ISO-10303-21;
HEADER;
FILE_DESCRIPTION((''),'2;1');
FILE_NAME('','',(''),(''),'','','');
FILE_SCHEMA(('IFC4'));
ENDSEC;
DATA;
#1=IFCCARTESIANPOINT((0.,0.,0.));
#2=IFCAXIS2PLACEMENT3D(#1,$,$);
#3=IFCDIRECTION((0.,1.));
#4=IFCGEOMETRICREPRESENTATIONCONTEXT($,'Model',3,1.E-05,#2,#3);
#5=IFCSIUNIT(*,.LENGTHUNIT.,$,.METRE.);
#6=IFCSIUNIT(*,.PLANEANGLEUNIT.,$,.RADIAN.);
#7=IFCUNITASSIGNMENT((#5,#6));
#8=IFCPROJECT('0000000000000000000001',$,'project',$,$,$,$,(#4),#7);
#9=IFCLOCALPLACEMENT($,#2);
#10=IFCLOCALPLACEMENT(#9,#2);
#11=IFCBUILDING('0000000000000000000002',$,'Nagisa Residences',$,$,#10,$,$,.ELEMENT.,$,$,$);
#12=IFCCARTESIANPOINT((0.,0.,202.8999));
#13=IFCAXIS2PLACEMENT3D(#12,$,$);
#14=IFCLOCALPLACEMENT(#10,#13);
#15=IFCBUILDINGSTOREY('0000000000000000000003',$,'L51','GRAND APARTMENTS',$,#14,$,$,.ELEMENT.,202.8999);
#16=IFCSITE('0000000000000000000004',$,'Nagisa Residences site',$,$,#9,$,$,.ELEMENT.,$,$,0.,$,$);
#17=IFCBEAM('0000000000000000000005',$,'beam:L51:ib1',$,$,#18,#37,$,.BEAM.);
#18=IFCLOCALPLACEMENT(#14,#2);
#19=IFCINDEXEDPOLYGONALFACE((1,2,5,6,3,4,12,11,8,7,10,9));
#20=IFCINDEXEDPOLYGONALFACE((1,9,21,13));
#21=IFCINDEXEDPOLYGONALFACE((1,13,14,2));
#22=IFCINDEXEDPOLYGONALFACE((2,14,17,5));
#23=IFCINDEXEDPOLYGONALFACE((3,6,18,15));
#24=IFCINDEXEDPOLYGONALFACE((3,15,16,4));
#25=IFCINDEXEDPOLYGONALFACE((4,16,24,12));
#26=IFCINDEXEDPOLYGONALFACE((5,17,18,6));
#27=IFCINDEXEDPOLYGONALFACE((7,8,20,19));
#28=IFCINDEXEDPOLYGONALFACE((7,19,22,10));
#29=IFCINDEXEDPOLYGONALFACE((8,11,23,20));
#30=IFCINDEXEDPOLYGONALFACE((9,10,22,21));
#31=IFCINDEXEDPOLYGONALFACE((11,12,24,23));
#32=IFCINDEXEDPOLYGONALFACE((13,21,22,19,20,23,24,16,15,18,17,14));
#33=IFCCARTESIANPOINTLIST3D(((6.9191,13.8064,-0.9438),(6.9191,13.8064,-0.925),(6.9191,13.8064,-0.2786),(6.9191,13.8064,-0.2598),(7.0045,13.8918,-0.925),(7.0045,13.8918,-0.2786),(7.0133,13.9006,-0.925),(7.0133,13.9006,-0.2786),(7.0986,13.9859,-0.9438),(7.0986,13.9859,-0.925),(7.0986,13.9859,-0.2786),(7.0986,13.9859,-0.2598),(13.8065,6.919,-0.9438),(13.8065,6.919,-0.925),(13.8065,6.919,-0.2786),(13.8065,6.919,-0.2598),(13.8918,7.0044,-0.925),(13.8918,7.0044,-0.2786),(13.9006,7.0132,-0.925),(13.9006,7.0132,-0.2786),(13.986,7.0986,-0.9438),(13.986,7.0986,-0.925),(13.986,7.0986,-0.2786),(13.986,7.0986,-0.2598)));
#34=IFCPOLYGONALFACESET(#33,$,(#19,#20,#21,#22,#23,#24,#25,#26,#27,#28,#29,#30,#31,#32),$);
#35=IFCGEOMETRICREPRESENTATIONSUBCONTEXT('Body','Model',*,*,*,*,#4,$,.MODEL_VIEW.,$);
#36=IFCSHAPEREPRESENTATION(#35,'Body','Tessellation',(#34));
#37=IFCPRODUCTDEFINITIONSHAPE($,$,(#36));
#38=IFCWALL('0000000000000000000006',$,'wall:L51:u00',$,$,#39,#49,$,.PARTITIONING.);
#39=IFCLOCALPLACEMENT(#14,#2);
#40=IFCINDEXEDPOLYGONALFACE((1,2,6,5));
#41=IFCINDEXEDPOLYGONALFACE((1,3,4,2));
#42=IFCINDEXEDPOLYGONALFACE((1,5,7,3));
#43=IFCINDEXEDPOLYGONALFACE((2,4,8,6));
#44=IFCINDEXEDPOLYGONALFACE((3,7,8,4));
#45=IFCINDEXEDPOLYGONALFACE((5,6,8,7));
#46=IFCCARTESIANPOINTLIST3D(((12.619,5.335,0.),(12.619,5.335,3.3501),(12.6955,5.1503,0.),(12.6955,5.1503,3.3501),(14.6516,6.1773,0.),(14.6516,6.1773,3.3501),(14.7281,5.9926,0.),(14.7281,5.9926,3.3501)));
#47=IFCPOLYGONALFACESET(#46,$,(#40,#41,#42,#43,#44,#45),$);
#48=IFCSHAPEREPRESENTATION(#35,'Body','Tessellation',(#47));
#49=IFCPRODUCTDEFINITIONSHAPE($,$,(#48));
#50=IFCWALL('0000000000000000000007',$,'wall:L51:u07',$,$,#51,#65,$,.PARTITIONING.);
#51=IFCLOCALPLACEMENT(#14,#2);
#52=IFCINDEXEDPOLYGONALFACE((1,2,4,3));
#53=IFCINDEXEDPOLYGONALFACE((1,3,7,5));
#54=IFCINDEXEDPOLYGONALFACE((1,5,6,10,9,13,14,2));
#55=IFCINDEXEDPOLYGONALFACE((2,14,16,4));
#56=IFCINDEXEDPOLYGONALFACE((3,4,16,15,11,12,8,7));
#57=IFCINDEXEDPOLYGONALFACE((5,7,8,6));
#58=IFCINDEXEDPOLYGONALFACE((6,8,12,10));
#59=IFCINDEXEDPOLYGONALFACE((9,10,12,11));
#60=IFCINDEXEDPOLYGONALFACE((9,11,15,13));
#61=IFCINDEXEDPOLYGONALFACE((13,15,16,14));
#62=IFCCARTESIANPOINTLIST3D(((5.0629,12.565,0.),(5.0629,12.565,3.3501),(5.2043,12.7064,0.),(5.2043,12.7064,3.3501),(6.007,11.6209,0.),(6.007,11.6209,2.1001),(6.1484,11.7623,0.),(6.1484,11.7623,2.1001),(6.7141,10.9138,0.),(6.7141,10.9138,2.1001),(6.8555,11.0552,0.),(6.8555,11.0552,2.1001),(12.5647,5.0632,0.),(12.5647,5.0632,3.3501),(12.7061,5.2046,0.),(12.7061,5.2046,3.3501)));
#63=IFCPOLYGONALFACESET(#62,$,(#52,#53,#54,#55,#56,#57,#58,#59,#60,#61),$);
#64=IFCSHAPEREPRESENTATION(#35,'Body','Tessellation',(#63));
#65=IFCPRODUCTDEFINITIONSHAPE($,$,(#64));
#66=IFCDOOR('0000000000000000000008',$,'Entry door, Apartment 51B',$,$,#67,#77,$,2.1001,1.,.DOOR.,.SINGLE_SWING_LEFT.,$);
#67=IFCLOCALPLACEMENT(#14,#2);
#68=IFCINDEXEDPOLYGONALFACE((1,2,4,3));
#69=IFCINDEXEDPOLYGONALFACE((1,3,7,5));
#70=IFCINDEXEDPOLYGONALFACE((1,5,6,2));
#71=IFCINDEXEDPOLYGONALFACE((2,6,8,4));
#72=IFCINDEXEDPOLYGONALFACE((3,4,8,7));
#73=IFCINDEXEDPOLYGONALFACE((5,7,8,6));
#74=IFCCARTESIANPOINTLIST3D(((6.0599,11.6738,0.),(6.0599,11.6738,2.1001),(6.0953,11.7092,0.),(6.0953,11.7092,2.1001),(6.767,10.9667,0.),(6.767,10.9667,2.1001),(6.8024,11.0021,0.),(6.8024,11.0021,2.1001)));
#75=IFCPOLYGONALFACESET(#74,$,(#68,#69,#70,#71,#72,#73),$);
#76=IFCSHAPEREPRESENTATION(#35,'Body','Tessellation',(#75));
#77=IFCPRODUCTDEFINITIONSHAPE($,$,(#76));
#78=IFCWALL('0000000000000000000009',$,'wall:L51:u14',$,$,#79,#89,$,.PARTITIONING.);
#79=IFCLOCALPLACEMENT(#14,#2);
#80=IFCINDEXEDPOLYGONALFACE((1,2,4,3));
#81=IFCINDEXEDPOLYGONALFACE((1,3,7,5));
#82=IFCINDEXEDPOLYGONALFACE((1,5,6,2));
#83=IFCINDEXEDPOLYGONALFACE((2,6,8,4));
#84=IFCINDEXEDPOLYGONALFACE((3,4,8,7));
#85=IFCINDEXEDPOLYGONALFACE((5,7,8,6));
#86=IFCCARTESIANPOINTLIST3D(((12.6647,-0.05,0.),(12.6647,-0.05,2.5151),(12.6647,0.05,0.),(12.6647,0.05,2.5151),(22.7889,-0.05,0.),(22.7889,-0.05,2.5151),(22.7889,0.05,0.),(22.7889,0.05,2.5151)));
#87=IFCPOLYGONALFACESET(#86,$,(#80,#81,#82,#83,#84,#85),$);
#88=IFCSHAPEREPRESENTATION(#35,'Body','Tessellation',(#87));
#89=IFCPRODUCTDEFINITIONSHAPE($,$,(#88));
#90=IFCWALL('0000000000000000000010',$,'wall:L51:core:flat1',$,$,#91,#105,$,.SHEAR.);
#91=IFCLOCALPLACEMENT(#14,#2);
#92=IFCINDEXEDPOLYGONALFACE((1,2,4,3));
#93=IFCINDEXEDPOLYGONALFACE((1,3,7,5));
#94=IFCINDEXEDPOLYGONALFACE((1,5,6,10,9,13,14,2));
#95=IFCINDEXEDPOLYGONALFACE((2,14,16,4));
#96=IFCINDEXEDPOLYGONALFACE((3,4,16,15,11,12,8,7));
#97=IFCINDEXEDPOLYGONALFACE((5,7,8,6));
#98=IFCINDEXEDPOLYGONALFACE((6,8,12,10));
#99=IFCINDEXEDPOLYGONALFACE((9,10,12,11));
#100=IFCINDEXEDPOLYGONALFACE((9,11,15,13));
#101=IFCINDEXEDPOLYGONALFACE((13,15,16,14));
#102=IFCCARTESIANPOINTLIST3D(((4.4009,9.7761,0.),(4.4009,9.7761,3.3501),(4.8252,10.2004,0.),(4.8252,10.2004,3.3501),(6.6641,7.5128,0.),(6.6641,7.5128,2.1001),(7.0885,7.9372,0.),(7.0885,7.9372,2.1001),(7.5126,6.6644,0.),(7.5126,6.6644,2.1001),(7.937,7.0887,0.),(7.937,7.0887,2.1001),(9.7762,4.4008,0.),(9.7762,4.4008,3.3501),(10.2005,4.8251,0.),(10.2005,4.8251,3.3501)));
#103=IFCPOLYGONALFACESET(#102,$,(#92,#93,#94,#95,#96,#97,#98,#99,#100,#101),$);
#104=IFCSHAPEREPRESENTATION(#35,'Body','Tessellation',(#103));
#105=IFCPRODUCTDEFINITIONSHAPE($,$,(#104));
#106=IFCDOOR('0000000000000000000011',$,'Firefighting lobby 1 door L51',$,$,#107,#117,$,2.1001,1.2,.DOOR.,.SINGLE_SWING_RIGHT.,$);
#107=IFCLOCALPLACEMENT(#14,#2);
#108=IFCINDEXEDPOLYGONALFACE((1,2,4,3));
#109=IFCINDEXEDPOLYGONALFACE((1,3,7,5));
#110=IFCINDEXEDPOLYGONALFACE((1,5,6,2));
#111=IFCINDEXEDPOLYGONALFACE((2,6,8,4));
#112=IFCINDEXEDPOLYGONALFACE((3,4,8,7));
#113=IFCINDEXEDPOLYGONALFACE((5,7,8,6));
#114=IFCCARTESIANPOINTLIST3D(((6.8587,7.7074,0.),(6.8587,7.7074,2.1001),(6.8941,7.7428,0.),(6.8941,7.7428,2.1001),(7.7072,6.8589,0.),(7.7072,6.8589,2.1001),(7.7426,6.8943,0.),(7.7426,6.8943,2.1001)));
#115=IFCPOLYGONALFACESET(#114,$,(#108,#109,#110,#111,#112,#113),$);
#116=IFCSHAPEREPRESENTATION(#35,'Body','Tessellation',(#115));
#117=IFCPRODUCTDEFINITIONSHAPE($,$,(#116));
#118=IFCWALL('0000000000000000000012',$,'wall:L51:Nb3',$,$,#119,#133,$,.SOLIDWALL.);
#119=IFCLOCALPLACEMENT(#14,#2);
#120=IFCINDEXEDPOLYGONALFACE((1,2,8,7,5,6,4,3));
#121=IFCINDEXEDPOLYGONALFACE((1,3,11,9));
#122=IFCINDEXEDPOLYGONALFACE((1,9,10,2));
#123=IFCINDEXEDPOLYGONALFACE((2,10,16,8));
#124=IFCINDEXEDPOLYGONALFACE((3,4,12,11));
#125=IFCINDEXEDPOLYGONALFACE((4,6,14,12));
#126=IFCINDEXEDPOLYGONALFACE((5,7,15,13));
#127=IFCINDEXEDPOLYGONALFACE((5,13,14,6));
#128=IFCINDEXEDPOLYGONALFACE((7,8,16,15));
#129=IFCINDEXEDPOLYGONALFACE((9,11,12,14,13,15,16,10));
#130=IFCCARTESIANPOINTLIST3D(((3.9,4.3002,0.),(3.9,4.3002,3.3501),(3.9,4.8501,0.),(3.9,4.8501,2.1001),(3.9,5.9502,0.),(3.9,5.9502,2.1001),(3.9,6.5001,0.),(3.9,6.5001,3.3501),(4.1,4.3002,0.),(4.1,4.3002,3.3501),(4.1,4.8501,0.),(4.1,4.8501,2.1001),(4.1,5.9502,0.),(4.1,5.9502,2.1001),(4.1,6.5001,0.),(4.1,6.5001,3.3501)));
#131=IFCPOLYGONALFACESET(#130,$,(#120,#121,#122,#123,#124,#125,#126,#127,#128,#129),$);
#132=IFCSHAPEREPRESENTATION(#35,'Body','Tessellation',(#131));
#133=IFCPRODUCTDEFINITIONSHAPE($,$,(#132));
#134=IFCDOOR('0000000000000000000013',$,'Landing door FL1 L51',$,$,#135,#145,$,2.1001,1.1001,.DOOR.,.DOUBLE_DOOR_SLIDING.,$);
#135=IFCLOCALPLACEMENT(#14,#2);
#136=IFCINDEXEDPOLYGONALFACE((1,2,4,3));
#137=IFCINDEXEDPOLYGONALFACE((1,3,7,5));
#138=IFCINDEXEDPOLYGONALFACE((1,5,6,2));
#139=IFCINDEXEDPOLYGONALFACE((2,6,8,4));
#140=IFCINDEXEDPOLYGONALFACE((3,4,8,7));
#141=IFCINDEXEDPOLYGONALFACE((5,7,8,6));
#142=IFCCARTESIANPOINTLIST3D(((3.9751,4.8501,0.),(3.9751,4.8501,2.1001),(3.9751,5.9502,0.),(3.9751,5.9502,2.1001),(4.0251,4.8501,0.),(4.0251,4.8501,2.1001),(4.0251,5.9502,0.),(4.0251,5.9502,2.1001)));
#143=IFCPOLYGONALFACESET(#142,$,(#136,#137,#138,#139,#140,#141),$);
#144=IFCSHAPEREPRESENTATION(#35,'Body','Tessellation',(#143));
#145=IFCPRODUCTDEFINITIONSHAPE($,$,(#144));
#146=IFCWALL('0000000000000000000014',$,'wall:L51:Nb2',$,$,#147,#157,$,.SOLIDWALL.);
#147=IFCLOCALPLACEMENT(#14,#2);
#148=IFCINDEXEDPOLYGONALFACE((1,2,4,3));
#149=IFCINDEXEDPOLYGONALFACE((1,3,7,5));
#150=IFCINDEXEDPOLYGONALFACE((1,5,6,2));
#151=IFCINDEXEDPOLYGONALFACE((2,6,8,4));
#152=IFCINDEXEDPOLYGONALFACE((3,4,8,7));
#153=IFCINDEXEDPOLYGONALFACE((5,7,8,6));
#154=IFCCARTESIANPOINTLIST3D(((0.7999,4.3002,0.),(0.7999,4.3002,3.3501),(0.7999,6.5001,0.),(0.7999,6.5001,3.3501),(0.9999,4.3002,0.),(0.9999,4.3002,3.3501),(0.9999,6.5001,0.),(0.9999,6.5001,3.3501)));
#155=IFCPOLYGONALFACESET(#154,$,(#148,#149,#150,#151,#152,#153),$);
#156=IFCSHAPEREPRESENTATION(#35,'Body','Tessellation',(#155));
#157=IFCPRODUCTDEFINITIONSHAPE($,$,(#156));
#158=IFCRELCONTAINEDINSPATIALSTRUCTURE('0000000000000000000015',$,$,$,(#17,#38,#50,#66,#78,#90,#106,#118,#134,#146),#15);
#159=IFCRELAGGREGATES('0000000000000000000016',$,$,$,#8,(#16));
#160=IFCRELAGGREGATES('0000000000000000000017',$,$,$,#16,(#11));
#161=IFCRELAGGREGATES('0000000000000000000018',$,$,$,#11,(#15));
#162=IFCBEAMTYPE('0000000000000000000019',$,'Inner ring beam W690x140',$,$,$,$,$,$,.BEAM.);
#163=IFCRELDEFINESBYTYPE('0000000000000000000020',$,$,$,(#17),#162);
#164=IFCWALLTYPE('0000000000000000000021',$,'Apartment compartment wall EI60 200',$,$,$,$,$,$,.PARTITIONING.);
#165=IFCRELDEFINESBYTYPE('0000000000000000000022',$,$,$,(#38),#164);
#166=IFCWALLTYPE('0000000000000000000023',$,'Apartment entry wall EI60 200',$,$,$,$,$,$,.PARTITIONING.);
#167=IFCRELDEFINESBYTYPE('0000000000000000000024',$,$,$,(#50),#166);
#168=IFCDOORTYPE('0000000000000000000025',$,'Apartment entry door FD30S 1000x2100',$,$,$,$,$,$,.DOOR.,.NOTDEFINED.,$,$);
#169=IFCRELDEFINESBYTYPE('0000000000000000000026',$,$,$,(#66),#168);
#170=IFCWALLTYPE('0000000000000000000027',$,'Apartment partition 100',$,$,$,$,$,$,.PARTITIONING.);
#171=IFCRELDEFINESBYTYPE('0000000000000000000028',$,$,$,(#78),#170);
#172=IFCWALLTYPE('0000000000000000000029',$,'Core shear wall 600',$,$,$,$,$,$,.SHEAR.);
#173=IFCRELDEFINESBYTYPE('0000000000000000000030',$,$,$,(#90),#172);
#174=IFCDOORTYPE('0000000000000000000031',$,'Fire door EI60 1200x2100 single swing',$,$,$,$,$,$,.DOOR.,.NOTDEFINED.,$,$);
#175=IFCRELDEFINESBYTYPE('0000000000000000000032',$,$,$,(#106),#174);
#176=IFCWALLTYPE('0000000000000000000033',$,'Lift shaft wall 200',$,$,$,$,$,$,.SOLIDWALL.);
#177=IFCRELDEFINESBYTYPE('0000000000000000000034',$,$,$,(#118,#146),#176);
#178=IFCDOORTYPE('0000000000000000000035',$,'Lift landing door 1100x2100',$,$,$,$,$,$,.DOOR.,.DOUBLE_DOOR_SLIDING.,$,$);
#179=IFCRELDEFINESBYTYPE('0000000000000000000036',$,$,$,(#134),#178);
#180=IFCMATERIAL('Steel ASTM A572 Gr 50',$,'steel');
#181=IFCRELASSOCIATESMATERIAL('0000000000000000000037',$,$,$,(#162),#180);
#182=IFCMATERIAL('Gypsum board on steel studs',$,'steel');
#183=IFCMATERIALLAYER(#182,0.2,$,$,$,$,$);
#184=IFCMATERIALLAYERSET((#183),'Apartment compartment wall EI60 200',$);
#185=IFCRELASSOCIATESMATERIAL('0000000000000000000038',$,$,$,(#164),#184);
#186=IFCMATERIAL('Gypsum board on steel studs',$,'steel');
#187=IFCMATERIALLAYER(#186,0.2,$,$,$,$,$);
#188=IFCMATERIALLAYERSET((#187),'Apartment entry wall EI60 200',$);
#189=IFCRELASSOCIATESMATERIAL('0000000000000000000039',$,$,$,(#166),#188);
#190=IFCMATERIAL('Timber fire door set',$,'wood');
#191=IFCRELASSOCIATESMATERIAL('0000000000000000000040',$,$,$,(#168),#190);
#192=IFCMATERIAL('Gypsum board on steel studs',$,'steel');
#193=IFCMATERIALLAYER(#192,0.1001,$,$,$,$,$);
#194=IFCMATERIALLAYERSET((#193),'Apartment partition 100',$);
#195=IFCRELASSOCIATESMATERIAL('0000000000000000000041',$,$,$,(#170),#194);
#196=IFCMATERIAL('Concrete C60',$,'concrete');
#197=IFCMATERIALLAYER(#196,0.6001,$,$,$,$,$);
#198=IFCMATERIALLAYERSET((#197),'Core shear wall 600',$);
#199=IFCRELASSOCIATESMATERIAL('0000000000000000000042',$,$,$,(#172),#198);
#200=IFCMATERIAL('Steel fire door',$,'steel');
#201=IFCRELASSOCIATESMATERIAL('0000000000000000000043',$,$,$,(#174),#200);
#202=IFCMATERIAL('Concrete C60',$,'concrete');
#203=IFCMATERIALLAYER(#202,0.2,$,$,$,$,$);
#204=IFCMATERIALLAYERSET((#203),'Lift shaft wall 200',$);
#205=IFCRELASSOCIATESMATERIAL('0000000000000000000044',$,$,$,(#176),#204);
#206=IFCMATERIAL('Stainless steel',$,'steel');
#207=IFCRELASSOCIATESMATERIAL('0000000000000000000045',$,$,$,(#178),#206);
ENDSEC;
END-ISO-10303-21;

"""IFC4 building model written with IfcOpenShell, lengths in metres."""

from ifc_helpers import new_model, si_unit, direction, frame, frame_2d, origin, origin_2d, place, context, subcontext, project, spatial, rectangle, i_section, extrude, material, layer, layer_set, material_profile, profile_set, type_object, element, fill, save


model = new_model("IFC4")

# Units and contexts
model_context = context("Model", 3, precision=1e-05, world=origin(), true_north=direction((0.0, 1.0)))
body_context = subcontext(model_context, "Body", "Model", "MODEL_VIEW")
ifc_project = project(units=[si_unit("LENGTHUNIT", "METRE"), si_unit("PLANEANGLEUNIT", "RADIAN")], contexts=[model_context])

# Site, building, storey
site_placement = place(None, origin())
site = spatial("IfcSite", under=ifc_project, at=site_placement, Name="Nagisa Residences site", CompositionType="ELEMENT", RefElevation=0.0)
building_placement = place(site_placement, origin())
building = spatial("IfcBuilding", under=site, at=building_placement, Name="Nagisa Residences", CompositionType="ELEMENT")
storey_placement = place(building_placement, frame((0.0, 0.0, 202.8999)))
storey = spatial("IfcBuildingStorey", under=building, at=storey_placement, Name="L51", Description="GRAND APARTMENTS", CompositionType="ELEMENT", Elevation=202.8999)

# Beam
ifc_material_1 = material(Name="Steel ASTM A572 Gr 50", Category="steel")
ifc_material_profile = material_profile(ifc_material_1, i_section(OverallWidth=0.2539, OverallDepth=0.6841, WebThickness=0.0125, FlangeThickness=0.0188, at=origin_2d()), Name="W690x140")
ifc_profile_set = profile_set([ifc_material_profile], Name="Steel ASTM A572 Gr 50")
beam_type = type_object("IfcBeamType", Name="Inner ring beam W690x140", PredefinedType="BEAM", material=ifc_profile_set)
beam_placement = place(storey_placement, frame((13.8962, 7.0088, -0.6018), z_axis=(-0.707107, 0.707107, 0.0), x_axis=(-0.707107, -0.707107, 0.0)))
element("IfcBeam", 1, at=beam_placement, inside=storey, type_object=beam_type, Name="beam:L51:ib1", PredefinedType="BEAM", context=body_context, shape_type="SweptSolid", body=[
    extrude(i_section(OverallWidth=0.2539, OverallDepth=0.6841, WebThickness=0.0125, FlangeThickness=0.0188, at=origin_2d()), origin(), (0.0, 0.0, 1.0), 9.7402),
])

# Wall
ifc_material_2 = material(Name="Gypsum board on steel studs", Category="steel")
ifc_layer_1 = layer(ifc_material_2, 0.2)
ifc_layer_set_1 = layer_set([ifc_layer_1], Name="Apartment compartment wall EI60 200")
wall_type_1 = type_object("IfcWallType", Name="Apartment compartment wall EI60 200", PredefinedType="PARTITIONING", material=ifc_layer_set_1)
wall_1_placement = place(storey_placement, frame((12.6572, 5.2427, 0.0), z_axis=(0.0, 0.0, 1.0), x_axis=(0.92383, 0.382803, 0.0)))
element("IfcWall", 2, at=wall_1_placement, inside=storey, type_object=wall_type_1, Name="wall:L51:u00", PredefinedType="PARTITIONING", context=body_context, shape_type="SweptSolid", body=[
    extrude(rectangle(XDim=2.2002, YDim=0.2, at=frame_2d((1.1001, 0.0))), origin(), (0.0, 0.0, 1.0), 3.3501),
])

# Wall, opening, door
ifc_material_3 = material(Name="Gypsum board on steel studs", Category="steel")
ifc_layer_2 = layer(ifc_material_3, 0.2)
ifc_layer_set_2 = layer_set([ifc_layer_2], Name="Apartment entry wall EI60 200")
wall_type_2 = type_object("IfcWallType", Name="Apartment entry wall EI60 200", PredefinedType="PARTITIONING", material=ifc_layer_set_2)
wall_2_placement = place(storey_placement, frame((12.6355, 5.1338, 0.0), z_axis=(0.0, 0.0, 1.0), x_axis=(-0.707107, 0.707107, 0.0)))
wall_2 = element("IfcWall", 3, at=wall_2_placement, inside=storey, type_object=wall_type_2, Name="wall:L51:u07", PredefinedType="PARTITIONING", context=body_context, shape_type="SweptSolid", body=[
    extrude(rectangle(XDim=10.6091, YDim=0.2, at=frame_2d((5.3047, 0.0))), origin(), (0.0, 0.0, 1.0), 3.3501),
])
opening_1_placement = place(wall_2_placement, frame((8.2742, 0.0, 0.0)))
opening_1 = element("IfcOpeningElement", 4, at=opening_1_placement, cuts=wall_2, PredefinedType="OPENING", context=body_context, shape_type="SweptSolid", body=[
    extrude(rectangle(XDim=1.0, YDim=2.1001, at=frame_2d((0.5, 1.05))), frame((0.0, 0.1099, 0.0), z_axis=(0.0, -1.0, 0.0), x_axis=(1.0, 0.0, 0.0)), (0.0, 0.0, 1.0), 0.22),
])
ifc_material_4 = material(Name="Timber fire door set", Category="wood")
door_type_1 = type_object("IfcDoorType", Name="Apartment entry door FD30S 1000x2100", OperationType="NOTDEFINED", PredefinedType="DOOR", material=ifc_material_4)
door_1_placement = place(opening_1_placement, frame((1.0, 0.0, 0.0), x_axis=(-1.0, 0.0, 0.0)))
door_1 = element("IfcDoor", 5, at=door_1_placement, inside=storey, type_object=door_type_1, Name="Entry door, Apartment 51B", OperationType="SINGLE_SWING_LEFT", OverallHeight=2.1001, OverallWidth=1.0, PredefinedType="DOOR", context=body_context, shape_type="SweptSolid", body=[
    extrude(rectangle(XDim=1.0, YDim=2.1001, at=frame_2d((0.5, 1.05))), frame((0.0, 0.0249, 0.0), z_axis=(0.0, -1.0, 0.0), x_axis=(1.0, 0.0, 0.0)), (0.0, 0.0, 1.0), 0.05),
])
fill(opening_1, door_1)

# Wall
ifc_material_5 = material(Name="Gypsum board on steel studs", Category="steel")
ifc_layer_3 = layer(ifc_material_5, 0.1001)
ifc_layer_set_3 = layer_set([ifc_layer_3], Name="Apartment partition 100")
wall_type_3 = type_object("IfcWallType", Name="Apartment partition 100", PredefinedType="PARTITIONING", material=ifc_layer_set_3)
wall_3_placement = place(storey_placement, frame((12.6648, 0.0, 0.0), z_axis=(0.0, 0.0, 1.0), x_axis=(1.0, 0.0, 0.0)))
element("IfcWall", 6, at=wall_3_placement, inside=storey, type_object=wall_type_3, Name="wall:L51:u14", PredefinedType="PARTITIONING", context=body_context, shape_type="SweptSolid", body=[
    extrude(rectangle(XDim=10.1243, YDim=0.1001, at=frame_2d((5.062, 0.0))), origin(), (0.0, 0.0, 1.0), 2.5151),
])

# Walls, openings, doors
ifc_material_6 = material(Name="Concrete C60", Category="concrete")
ifc_layer_4 = layer(ifc_material_6, 0.6001)
ifc_layer_set_4 = layer_set([ifc_layer_4], Name="Core shear wall 600")
wall_type_4 = type_object("IfcWallType", Name="Core shear wall 600", PredefinedType="SHEAR", material=ifc_layer_set_4)
wall_4_placement = place(storey_placement, frame((9.9883, 4.613, 0.0), z_axis=(0.0, 0.0, 1.0), x_axis=(-0.707107, 0.707107, 0.0)))
wall_4 = element("IfcWall", 7, at=wall_4_placement, inside=storey, type_object=wall_type_4, Name="wall:L51:core:flat1", PredefinedType="SHEAR", context=body_context, shape_type="SweptSolid", body=[
    extrude(rectangle(XDim=7.6018, YDim=0.6001, at=frame_2d((3.8008, 0.0))), origin(), (0.0, 0.0, 1.0), 3.3501),
])
opening_2_placement = place(wall_4_placement, frame((3.2009, 0.0, 0.0)))
opening_2 = element("IfcOpeningElement", 8, at=opening_2_placement, cuts=wall_4, PredefinedType="OPENING", context=body_context, shape_type="SweptSolid", body=[
    extrude(rectangle(XDim=1.2, YDim=2.1001, at=frame_2d((0.6001, 1.05))), frame((0.0, 0.3101, 0.0), z_axis=(0.0, -1.0, 0.0), x_axis=(1.0, 0.0, 0.0)), (0.0, 0.0, 1.0), 0.6201),
])
ifc_material_7 = material(Name="Steel fire door", Category="steel")
door_type_2 = type_object("IfcDoorType", Name="Fire door EI60 1200x2100 single swing", OperationType="NOTDEFINED", PredefinedType="DOOR", material=ifc_material_7)
door_2_placement = place(opening_2_placement, origin())
door_2 = element("IfcDoor", 9, at=door_2_placement, inside=storey, type_object=door_type_2, Name="Firefighting lobby 1 door L51", OperationType="SINGLE_SWING_RIGHT", OverallHeight=2.1001, OverallWidth=1.2, PredefinedType="DOOR", context=body_context, shape_type="SweptSolid", body=[
    extrude(rectangle(XDim=1.2, YDim=2.1001, at=frame_2d((0.6001, 1.05))), frame((0.0, 0.0249, 0.0), z_axis=(0.0, -1.0, 0.0), x_axis=(1.0, 0.0, 0.0)), (0.0, 0.0, 1.0), 0.05),
])
fill(opening_2, door_2)
ifc_material_8 = material(Name="Concrete C60", Category="concrete")
ifc_layer_5 = layer(ifc_material_8, 0.2)
ifc_layer_set_5 = layer_set([ifc_layer_5], Name="Lift shaft wall 200")
wall_type_5 = type_object("IfcWallType", Name="Lift shaft wall 200", PredefinedType="SOLIDWALL", material=ifc_layer_set_5)
wall_5_placement = place(storey_placement, frame((4.0, 4.3, 0.0), z_axis=(0.0, 0.0, 1.0), x_axis=(0.0, 1.0, 0.0)))
wall_5 = element("IfcWall", 10, at=wall_5_placement, inside=storey, type_object=wall_type_5, Name="wall:L51:Nb3", PredefinedType="SOLIDWALL", context=body_context, shape_type="SweptSolid", body=[
    extrude(rectangle(XDim=2.2, YDim=0.2, at=frame_2d((1.1001, 0.0))), origin(), (0.0, 0.0, 1.0), 3.3501),
])
opening_3_placement = place(wall_5_placement, frame((0.55, 0.0, 0.0)))
opening_3 = element("IfcOpeningElement", 11, at=opening_3_placement, cuts=wall_5, PredefinedType="OPENING", context=body_context, shape_type="SweptSolid", body=[
    extrude(rectangle(XDim=1.1001, YDim=2.1001, at=frame_2d((0.55, 1.05))), frame((0.0, 0.1099, 0.0), z_axis=(0.0, -1.0, 0.0), x_axis=(1.0, 0.0, 0.0)), (0.0, 0.0, 1.0), 0.22),
])
ifc_material_9 = material(Name="Stainless steel", Category="steel")
door_type_3 = type_object("IfcDoorType", Name="Lift landing door 1100x2100", OperationType="DOUBLE_DOOR_SLIDING", PredefinedType="DOOR", material=ifc_material_9)
door_3_placement = place(opening_3_placement, origin())
door_3 = element("IfcDoor", 12, at=door_3_placement, inside=storey, type_object=door_type_3, Name="Landing door FL1 L51", OperationType="DOUBLE_DOOR_SLIDING", OverallHeight=2.1001, OverallWidth=1.1001, PredefinedType="DOOR", context=body_context, shape_type="SweptSolid", body=[
    extrude(rectangle(XDim=1.1001, YDim=2.1001, at=frame_2d((0.55, 1.05))), frame((0.0, 0.0249, 0.0), z_axis=(0.0, -1.0, 0.0), x_axis=(1.0, 0.0, 0.0)), (0.0, 0.0, 1.0), 0.05),
])
fill(opening_3, door_3)

# Wall
wall_6_placement = place(storey_placement, frame((0.8999, 4.3, 0.0), z_axis=(0.0, 0.0, 1.0), x_axis=(0.0, 1.0, 0.0)))
element("IfcWall", 13, at=wall_6_placement, inside=storey, type_object=wall_type_5, Name="wall:L51:Nb2", PredefinedType="SOLIDWALL", context=body_context, shape_type="SweptSolid", body=[
    extrude(rectangle(XDim=2.2, YDim=0.2, at=frame_2d((1.1001, 0.0))), origin(), (0.0, 0.0, 1.0), 3.3501),
])

save(model, "model.ifc")
